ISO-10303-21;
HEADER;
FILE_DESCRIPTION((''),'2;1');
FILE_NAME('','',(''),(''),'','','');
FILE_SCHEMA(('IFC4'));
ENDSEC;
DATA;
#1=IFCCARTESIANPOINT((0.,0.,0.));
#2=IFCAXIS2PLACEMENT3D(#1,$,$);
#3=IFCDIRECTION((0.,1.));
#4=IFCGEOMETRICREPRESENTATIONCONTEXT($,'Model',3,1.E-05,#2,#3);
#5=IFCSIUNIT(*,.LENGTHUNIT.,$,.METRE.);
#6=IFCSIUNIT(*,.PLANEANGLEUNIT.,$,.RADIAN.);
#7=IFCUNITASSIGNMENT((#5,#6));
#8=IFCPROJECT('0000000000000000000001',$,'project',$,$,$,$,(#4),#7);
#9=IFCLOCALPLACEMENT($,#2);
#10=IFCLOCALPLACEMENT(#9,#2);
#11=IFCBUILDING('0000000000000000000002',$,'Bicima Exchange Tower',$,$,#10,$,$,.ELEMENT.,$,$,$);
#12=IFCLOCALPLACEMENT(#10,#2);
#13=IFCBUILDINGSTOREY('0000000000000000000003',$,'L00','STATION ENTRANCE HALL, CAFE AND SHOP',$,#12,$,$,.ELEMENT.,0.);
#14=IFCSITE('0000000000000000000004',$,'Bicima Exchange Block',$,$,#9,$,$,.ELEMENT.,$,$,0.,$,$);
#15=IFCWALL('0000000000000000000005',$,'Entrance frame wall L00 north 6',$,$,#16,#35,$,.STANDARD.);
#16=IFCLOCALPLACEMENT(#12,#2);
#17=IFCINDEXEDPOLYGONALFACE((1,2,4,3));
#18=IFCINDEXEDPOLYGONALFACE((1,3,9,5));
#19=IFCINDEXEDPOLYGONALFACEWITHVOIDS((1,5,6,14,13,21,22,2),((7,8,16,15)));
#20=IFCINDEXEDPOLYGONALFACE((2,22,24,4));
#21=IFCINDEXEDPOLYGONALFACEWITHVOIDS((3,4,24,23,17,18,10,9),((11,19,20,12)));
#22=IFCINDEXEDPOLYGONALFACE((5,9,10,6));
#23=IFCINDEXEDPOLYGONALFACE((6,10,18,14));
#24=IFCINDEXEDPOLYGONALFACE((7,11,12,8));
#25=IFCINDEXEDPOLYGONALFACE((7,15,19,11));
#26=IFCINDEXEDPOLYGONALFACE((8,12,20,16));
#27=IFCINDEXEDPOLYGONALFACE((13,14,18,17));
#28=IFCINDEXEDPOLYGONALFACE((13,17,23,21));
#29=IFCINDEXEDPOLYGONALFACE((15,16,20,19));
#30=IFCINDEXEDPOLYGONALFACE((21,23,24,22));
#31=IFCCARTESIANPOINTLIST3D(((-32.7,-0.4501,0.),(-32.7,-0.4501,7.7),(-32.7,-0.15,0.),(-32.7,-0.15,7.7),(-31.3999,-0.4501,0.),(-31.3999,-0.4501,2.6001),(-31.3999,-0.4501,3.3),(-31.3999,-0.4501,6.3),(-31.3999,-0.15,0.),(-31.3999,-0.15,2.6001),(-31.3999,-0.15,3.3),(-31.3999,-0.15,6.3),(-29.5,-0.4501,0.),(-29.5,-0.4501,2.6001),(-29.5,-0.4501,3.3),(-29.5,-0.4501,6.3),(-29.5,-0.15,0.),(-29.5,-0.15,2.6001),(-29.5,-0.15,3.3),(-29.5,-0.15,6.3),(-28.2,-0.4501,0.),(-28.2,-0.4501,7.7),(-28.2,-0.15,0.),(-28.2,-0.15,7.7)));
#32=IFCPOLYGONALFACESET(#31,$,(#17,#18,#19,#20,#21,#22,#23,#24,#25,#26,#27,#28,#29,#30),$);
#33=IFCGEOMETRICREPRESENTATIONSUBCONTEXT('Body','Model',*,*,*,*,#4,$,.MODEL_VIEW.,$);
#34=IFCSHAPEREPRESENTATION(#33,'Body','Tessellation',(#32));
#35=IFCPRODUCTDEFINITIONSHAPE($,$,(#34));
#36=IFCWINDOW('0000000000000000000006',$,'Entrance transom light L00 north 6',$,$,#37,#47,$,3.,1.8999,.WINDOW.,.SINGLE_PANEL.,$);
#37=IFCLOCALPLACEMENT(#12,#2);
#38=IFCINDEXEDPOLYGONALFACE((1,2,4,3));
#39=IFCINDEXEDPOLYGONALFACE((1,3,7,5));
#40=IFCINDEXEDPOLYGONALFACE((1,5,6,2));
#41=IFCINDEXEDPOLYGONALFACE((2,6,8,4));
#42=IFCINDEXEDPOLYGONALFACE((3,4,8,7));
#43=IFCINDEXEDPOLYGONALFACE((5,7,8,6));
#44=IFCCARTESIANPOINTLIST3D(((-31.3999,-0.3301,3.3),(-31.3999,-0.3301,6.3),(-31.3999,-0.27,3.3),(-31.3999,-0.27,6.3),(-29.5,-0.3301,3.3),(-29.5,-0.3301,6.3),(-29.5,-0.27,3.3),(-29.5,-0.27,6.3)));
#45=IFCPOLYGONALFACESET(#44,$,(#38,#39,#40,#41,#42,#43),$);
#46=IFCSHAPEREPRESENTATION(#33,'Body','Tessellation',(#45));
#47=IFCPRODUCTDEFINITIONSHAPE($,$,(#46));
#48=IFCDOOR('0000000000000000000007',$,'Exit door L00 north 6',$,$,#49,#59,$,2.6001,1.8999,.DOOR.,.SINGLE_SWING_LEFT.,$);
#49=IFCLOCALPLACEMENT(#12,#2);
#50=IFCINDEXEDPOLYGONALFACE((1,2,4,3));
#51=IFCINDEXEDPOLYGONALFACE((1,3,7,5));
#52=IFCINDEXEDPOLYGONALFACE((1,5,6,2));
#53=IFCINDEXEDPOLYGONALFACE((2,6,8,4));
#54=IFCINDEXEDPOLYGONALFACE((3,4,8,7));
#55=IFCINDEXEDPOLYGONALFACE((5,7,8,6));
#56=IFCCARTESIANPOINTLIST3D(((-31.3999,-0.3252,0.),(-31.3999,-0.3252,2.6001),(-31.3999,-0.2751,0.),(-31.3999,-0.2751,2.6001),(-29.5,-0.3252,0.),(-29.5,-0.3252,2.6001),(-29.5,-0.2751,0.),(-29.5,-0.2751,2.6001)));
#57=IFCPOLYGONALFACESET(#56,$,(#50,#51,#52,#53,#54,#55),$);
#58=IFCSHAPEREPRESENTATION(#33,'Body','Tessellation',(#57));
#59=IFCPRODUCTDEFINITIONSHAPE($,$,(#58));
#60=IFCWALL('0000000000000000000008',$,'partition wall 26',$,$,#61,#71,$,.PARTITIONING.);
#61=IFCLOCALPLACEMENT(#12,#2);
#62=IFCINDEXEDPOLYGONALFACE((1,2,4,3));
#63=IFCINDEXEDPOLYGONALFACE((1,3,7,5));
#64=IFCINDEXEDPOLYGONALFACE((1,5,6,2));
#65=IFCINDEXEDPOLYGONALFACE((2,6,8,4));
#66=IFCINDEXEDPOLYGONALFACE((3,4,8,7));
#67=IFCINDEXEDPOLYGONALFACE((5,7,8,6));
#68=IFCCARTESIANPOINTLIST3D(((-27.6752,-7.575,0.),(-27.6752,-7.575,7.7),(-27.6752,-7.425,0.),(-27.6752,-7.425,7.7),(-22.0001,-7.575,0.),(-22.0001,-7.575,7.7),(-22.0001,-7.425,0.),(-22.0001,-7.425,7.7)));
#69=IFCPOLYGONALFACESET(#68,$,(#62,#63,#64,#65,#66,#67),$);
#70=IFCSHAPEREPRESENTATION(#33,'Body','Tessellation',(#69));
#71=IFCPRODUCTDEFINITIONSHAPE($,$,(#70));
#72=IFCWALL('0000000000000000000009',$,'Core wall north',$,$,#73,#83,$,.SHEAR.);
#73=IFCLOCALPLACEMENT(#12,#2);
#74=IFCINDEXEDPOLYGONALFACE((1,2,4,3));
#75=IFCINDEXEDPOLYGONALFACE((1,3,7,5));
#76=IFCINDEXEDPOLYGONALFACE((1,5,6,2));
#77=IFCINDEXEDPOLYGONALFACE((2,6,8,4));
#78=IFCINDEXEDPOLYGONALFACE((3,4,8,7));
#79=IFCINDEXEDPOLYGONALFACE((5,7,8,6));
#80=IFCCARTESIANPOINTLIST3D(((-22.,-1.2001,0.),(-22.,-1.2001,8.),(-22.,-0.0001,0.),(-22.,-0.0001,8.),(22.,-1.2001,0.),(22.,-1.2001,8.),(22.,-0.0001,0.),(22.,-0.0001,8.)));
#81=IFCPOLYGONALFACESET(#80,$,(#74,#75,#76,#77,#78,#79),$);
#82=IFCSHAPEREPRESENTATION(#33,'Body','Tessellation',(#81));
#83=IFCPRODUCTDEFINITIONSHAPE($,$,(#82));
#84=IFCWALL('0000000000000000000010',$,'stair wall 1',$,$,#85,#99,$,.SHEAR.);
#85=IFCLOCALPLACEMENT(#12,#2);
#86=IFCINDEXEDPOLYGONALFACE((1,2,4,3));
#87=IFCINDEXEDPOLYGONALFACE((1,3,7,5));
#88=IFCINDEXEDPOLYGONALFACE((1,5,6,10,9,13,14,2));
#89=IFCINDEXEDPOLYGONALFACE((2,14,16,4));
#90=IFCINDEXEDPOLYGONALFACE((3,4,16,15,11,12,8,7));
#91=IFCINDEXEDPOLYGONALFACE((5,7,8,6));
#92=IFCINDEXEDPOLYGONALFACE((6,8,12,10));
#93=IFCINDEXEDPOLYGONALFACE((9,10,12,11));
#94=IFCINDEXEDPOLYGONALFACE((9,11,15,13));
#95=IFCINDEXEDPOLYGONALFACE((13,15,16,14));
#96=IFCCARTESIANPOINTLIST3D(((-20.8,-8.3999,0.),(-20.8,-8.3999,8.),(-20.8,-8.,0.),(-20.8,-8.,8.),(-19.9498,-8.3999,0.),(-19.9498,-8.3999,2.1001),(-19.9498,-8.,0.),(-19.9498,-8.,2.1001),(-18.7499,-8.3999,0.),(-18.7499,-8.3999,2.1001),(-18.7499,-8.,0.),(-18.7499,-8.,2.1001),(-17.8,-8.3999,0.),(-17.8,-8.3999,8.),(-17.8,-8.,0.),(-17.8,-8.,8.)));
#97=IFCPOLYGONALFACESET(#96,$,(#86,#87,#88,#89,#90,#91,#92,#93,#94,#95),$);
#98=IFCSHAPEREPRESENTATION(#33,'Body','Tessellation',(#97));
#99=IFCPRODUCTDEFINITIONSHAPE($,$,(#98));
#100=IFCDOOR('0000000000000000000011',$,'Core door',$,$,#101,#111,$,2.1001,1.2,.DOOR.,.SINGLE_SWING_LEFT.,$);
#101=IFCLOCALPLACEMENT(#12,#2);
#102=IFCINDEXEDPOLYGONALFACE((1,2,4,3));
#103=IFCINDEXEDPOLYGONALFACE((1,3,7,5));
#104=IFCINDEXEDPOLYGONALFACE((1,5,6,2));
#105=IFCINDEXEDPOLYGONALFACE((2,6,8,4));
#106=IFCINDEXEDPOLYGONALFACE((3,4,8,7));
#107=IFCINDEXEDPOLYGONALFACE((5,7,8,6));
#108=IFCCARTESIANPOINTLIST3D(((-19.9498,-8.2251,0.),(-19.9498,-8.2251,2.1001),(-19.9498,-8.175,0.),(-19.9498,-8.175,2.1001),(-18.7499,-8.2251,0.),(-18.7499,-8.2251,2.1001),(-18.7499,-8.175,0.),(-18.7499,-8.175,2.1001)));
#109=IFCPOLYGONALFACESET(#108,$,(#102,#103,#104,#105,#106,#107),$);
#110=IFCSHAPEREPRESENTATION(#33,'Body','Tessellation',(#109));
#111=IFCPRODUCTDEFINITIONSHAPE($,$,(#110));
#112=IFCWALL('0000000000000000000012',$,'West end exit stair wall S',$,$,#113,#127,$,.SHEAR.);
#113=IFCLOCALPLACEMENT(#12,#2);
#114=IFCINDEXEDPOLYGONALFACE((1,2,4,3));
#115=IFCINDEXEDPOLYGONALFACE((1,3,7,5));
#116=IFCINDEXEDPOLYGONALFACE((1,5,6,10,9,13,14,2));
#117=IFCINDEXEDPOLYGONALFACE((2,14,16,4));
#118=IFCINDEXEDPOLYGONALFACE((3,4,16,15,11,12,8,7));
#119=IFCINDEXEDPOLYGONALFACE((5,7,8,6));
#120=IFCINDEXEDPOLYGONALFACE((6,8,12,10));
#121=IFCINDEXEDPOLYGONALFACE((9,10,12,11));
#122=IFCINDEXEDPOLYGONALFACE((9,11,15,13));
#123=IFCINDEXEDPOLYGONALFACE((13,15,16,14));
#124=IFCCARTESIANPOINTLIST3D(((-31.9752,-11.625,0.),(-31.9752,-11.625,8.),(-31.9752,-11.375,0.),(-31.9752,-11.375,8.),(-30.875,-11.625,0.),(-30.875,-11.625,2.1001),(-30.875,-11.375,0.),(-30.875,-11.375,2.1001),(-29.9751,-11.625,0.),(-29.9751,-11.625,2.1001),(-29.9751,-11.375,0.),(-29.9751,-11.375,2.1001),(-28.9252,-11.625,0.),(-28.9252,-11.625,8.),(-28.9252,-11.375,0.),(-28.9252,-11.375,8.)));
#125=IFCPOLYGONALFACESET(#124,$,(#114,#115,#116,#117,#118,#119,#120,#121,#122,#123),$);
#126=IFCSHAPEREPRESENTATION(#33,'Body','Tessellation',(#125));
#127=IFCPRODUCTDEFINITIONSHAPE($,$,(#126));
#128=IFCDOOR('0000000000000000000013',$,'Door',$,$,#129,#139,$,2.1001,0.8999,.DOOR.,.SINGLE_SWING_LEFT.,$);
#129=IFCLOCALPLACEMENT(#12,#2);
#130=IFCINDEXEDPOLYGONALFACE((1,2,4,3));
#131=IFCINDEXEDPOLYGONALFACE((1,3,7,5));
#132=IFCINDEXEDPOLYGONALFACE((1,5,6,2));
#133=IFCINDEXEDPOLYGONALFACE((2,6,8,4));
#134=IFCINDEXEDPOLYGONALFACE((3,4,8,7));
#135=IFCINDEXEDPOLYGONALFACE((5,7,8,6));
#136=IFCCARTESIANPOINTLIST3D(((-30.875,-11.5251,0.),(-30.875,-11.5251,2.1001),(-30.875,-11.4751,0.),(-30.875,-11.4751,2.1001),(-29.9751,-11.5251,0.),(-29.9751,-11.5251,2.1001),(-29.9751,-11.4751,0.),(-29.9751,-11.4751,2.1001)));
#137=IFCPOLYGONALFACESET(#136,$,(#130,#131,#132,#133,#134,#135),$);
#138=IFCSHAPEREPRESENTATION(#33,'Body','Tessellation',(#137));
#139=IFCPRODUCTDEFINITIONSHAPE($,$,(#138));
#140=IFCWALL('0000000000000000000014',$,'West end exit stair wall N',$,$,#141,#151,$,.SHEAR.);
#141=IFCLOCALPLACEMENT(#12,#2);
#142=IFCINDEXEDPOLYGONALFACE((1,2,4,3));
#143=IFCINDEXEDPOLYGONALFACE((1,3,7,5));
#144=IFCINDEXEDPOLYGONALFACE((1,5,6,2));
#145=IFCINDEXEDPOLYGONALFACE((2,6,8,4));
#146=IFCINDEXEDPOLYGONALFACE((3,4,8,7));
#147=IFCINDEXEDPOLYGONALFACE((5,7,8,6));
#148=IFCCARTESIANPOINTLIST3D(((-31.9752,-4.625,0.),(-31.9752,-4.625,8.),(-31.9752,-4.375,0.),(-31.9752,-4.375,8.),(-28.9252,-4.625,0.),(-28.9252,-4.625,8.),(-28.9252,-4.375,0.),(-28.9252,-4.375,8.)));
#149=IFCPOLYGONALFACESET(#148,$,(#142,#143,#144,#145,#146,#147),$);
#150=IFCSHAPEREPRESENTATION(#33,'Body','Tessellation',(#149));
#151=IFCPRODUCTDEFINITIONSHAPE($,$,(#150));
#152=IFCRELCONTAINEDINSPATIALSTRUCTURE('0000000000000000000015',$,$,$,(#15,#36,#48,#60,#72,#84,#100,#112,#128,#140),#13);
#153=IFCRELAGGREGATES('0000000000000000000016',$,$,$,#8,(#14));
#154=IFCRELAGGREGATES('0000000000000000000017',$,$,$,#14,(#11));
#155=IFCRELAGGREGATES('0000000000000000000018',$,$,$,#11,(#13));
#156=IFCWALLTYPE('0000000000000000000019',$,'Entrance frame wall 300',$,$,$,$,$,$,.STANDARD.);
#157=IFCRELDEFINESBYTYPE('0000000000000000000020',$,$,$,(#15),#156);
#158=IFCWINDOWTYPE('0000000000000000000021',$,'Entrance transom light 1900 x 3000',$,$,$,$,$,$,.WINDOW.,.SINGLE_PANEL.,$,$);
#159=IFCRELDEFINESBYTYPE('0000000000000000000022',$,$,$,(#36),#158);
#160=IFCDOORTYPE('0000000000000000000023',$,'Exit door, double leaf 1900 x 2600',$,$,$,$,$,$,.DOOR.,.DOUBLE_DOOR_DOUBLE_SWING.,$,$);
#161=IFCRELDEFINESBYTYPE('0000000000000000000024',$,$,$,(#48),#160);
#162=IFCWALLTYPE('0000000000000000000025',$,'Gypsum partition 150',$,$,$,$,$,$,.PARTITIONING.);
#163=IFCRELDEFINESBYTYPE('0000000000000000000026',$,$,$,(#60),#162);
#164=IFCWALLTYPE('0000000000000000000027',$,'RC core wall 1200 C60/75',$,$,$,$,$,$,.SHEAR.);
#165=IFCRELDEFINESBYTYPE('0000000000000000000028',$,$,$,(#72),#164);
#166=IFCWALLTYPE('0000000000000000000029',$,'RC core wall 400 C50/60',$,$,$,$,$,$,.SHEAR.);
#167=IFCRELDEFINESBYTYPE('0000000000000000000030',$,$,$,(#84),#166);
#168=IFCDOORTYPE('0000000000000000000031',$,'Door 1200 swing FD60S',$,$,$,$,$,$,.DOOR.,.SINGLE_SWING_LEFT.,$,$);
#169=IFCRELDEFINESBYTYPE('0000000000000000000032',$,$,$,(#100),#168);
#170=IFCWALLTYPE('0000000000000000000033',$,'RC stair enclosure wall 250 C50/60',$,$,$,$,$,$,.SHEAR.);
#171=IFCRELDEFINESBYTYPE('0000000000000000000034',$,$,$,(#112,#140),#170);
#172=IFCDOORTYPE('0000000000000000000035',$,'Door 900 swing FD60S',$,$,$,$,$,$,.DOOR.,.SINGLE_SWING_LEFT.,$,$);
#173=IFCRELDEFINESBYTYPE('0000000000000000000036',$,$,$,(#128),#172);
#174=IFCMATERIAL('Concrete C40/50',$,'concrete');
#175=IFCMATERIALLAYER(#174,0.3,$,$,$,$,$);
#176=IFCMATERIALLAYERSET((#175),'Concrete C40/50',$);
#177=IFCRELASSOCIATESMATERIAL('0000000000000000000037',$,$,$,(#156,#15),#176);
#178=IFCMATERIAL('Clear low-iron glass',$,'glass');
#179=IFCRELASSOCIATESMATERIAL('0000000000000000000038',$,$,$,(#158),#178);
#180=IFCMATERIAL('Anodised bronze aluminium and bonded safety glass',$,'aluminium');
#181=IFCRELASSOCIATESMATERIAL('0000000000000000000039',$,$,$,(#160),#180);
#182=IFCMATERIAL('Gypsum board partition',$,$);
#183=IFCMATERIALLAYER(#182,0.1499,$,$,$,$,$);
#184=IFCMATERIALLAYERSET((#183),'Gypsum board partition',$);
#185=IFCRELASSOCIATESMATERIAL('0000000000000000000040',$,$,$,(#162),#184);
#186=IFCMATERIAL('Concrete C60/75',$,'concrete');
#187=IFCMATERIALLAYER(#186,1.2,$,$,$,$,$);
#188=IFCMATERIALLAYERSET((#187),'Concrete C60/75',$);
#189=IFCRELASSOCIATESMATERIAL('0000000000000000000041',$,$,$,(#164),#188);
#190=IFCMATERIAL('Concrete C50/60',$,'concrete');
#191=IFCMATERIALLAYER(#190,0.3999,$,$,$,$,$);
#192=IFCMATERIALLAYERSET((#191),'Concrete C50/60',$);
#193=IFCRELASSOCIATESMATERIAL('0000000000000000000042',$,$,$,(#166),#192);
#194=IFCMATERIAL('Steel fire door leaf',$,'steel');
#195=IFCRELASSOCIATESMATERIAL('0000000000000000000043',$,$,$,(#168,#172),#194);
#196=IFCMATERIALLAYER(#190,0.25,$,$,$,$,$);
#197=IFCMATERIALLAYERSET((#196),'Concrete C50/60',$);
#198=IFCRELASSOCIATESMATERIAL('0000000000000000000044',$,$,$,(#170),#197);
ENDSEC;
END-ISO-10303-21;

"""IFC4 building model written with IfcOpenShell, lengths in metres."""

from ifc_helpers import new_model, si_unit, direction, frame, frame_2d, origin, place, context, subcontext, project, spatial, rectangle, extrude, material, layer, layer_set, layer_usage, type_object, element, fill, save


model = new_model("IFC4")

# Units and contexts
model_context = context("Model", 3, precision=1e-05, world=origin(), true_north=direction((0.0, 1.0)))
body_context = subcontext(model_context, "Body", "Model", "MODEL_VIEW")
ifc_project = project(units=[si_unit("LENGTHUNIT", "METRE"), si_unit("PLANEANGLEUNIT", "RADIAN")], contexts=[model_context])

# Site, building, storey
site_placement = place(None, origin())
site = spatial("IfcSite", under=ifc_project, at=site_placement, Name="Bicima Exchange Block", CompositionType="ELEMENT", RefElevation=0.0)
building_placement = place(site_placement, origin())
building = spatial("IfcBuilding", under=site, at=building_placement, Name="Bicima Exchange Tower", CompositionType="ELEMENT")
storey_placement = place(building_placement, origin())
storey = spatial("IfcBuildingStorey", under=building, at=storey_placement, Name="L00", Description="STATION ENTRANCE HALL, CAFE AND SHOP", CompositionType="ELEMENT", Elevation=0.0)

# Shared definitions
ifc_material_1 = material(Name="Concrete C60/75", Category="concrete")

# Shared definitions
ifc_material_2 = material(Name="Clear low-iron glass", Category="glass")

# Wall, openings, window, door
ifc_material_3 = material(Name="Concrete C40/50", Category="concrete")
ifc_layer_1 = layer(ifc_material_3, 0.3)
ifc_layer_set_1 = layer_set([ifc_layer_1], Name="Concrete C40/50")
ifc_layer_usage = layer_usage(ifc_layer_set_1, "AXIS2", "POSITIVE", -0.15)
wall_type_1 = type_object("IfcWallType", Name="Entrance frame wall 300", PredefinedType="STANDARD", material=ifc_layer_set_1)
wall_1_placement = place(storey_placement, frame((-32.7, -0.3, 0.0), z_axis=(0.0, 0.0, 1.0), x_axis=(1.0, 0.0, 0.0)))
wall_1 = element("IfcWall", 1, at=wall_1_placement, inside=storey, type_object=wall_type_1, material=ifc_layer_usage, Name="Entrance frame wall L00 north 6", PredefinedType="STANDARD", context=body_context, shape_type="SweptSolid", body=[
    extrude(rectangle(XDim=4.5, YDim=0.3, at=frame_2d((2.25, 0.0))), origin(), (0.0, 0.0, 1.0), 7.7),
])
opening_1_placement = place(wall_1_placement, frame((1.3, 0.0, 0.0)))
opening_1 = element("IfcOpeningElement", 2, at=opening_1_placement, cuts=wall_1, PredefinedType="OPENING", context=body_context, shape_type="SweptSolid", body=[
    extrude(rectangle(XDim=1.8999, YDim=2.6001, at=frame_2d((0.95, 1.3))), frame((0.0, 0.1621, 0.0), z_axis=(0.0, -1.0, 0.0), x_axis=(1.0, 0.0, 0.0)), (0.0, 0.0, 1.0), 0.324),
])
opening_2_placement = place(wall_1_placement, frame((1.3, 0.0, 3.3)))
opening_2 = element("IfcOpeningElement", 3, at=opening_2_placement, cuts=wall_1, PredefinedType="OPENING", context=body_context, shape_type="SweptSolid", body=[
    extrude(rectangle(XDim=1.8999, YDim=3.0, at=frame_2d((0.95, 1.5))), frame((0.0, 0.1621, 0.0), z_axis=(0.0, -1.0, 0.0), x_axis=(1.0, 0.0, 0.0)), (0.0, 0.0, 1.0), 0.324),
])
window_type = type_object("IfcWindowType", Name="Entrance transom light 1900 x 3000", PartitioningType="SINGLE_PANEL", PredefinedType="WINDOW", material=ifc_material_2)
window_placement = place(opening_2_placement, origin())
window = element("IfcWindow", 4, at=window_placement, inside=storey, type_object=window_type, Name="Entrance transom light L00 north 6", OverallHeight=3.0, OverallWidth=1.8999, PartitioningType="SINGLE_PANEL", PredefinedType="WINDOW", context=body_context, shape_type="SweptSolid", body=[
    extrude(rectangle(XDim=1.8999, YDim=3.0, at=frame_2d((0.95, 1.5))), frame((0.0, 0.03, 0.0), z_axis=(0.0, -1.0, 0.0), x_axis=(1.0, 0.0, 0.0)), (0.0, 0.0, 1.0), 0.0601),
])
fill(opening_2, window)
ifc_material_4 = material(Name="Anodised bronze aluminium and bonded safety glass", Category="aluminium")
door_type_1 = type_object("IfcDoorType", Name="Exit door, double leaf 1900 x 2600", OperationType="DOUBLE_DOOR_DOUBLE_SWING", PredefinedType="DOOR", material=ifc_material_4)
door_1_placement = place(opening_1_placement, origin())
door_1 = element("IfcDoor", 5, at=door_1_placement, inside=storey, type_object=door_type_1, Name="Exit door L00 north 6", OperationType="SINGLE_SWING_LEFT", OverallHeight=2.6001, OverallWidth=1.8999, PredefinedType="DOOR", context=body_context, shape_type="SweptSolid", body=[
    extrude(rectangle(XDim=1.8999, YDim=2.6001, at=frame_2d((0.95, 1.3))), frame((0.0, 0.0249, 0.0), z_axis=(0.0, -1.0, 0.0), x_axis=(1.0, 0.0, 0.0)), (0.0, 0.0, 1.0), 0.05),
])
fill(opening_1, door_1)

# Walls
ifc_material_5 = material(Name="Gypsum board partition")
ifc_layer_2 = layer(ifc_material_5, 0.1499)
ifc_layer_set_2 = layer_set([ifc_layer_2], Name="Gypsum board partition")
wall_type_2 = type_object("IfcWallType", Name="Gypsum partition 150", PredefinedType="PARTITIONING", material=ifc_layer_set_2)
wall_2_placement = place(storey_placement, frame((-27.675, -7.5, 0.0), z_axis=(0.0, 0.0, 1.0), x_axis=(1.0, 0.0, 0.0)))
element("IfcWall", 6, at=wall_2_placement, inside=storey, type_object=wall_type_2, Name="partition wall 26", PredefinedType="PARTITIONING", context=body_context, shape_type="SweptSolid", body=[
    extrude(rectangle(XDim=5.675, YDim=0.1499, at=frame_2d((2.8374, 0.0))), origin(), (0.0, 0.0, 1.0), 7.7),
])
ifc_layer_3 = layer(ifc_material_1, 1.2)
ifc_layer_set_3 = layer_set([ifc_layer_3], Name="Concrete C60/75")
wall_type_3 = type_object("IfcWallType", Name="RC core wall 1200 C60/75", PredefinedType="SHEAR", material=ifc_layer_set_3)
wall_3_placement = place(storey_placement, frame((-22.0, -0.6001, 0.0), z_axis=(0.0, 0.0, 1.0), x_axis=(1.0, 0.0, 0.0)))
element("IfcWall", 7, at=wall_3_placement, inside=storey, type_object=wall_type_3, Name="Core wall north", PredefinedType="SHEAR", context=body_context, shape_type="SweptSolid", body=[
    extrude(rectangle(XDim=44.0, YDim=1.2, at=frame_2d((22.0, 0.0))), origin(), (0.0, 0.0, 1.0), 8.0),
])

# Walls, openings, doors
ifc_material_6 = material(Name="Concrete C50/60", Category="concrete")
ifc_layer_4 = layer(ifc_material_6, 0.3999)
ifc_layer_set_4 = layer_set([ifc_layer_4], Name="Concrete C50/60")
wall_type_4 = type_object("IfcWallType", Name="RC core wall 400 C50/60", PredefinedType="SHEAR", material=ifc_layer_set_4)
wall_4_placement = place(storey_placement, frame((-20.8, -8.2, 0.0), z_axis=(0.0, 0.0, 1.0), x_axis=(1.0, 0.0, 0.0)))
wall_4 = element("IfcWall", 8, at=wall_4_placement, inside=storey, type_object=wall_type_4, Name="stair wall 1", PredefinedType="SHEAR", context=body_context, shape_type="SweptSolid", body=[
    extrude(rectangle(XDim=3.0, YDim=0.3999, at=frame_2d((1.5, 0.0))), origin(), (0.0, 0.0, 1.0), 8.0),
])
opening_3_placement = place(wall_4_placement, frame((0.8501, 0.0, 0.0)))
opening_3 = element("IfcOpeningElement", 9, at=opening_3_placement, cuts=wall_4, PredefinedType="OPENING", context=body_context, shape_type="SweptSolid", body=[
    extrude(rectangle(XDim=1.2, YDim=2.1001, at=frame_2d((0.6001, 1.05))), frame((0.0, 0.2119, 0.0), z_axis=(0.0, -1.0, 0.0), x_axis=(1.0, 0.0, 0.0)), (0.0, 0.0, 1.0), 0.4238),
])
ifc_material_7 = material(Name="Steel fire door leaf", Category="steel")
door_type_2 = type_object("IfcDoorType", Name="Door 1200 swing FD60S", OperationType="SINGLE_SWING_LEFT", PredefinedType="DOOR", material=ifc_material_7)
door_2_placement = place(opening_3_placement, origin())
door_2 = element("IfcDoor", 10, at=door_2_placement, inside=storey, type_object=door_type_2, Name="Core door", OperationType="SINGLE_SWING_LEFT", OverallHeight=2.1001, OverallWidth=1.2, PredefinedType="DOOR", context=body_context, shape_type="SweptSolid", body=[
    extrude(rectangle(XDim=1.2, YDim=2.1001, at=frame_2d((0.6001, 1.05))), frame((0.0, 0.0249, 0.0), z_axis=(0.0, -1.0, 0.0), x_axis=(1.0, 0.0, 0.0)), (0.0, 0.0, 1.0), 0.05),
])
fill(opening_3, door_2)
ifc_layer_5 = layer(ifc_material_6, 0.25)
ifc_layer_set_5 = layer_set([ifc_layer_5], Name="Concrete C50/60")
wall_type_5 = type_object("IfcWallType", Name="RC stair enclosure wall 250 C50/60", PredefinedType="SHEAR", material=ifc_layer_set_5)
wall_5_placement = place(storey_placement, frame((-31.9751, -11.5, 0.0), z_axis=(0.0, 0.0, 1.0), x_axis=(1.0, 0.0, 0.0)))
wall_5 = element("IfcWall", 11, at=wall_5_placement, inside=storey, type_object=wall_type_5, Name="West end exit stair wall S", PredefinedType="SHEAR", context=body_context, shape_type="SweptSolid", body=[
    extrude(rectangle(XDim=3.05, YDim=0.25, at=frame_2d((1.5249, 0.0))), origin(), (0.0, 0.0, 1.0), 8.0),
])
opening_4_placement = place(wall_5_placement, frame((1.1001, 0.0, 0.0)))
opening_4 = element("IfcOpeningElement", 12, at=opening_4_placement, cuts=wall_5, PredefinedType="OPENING", context=body_context, shape_type="SweptSolid", body=[
    extrude(rectangle(XDim=0.8999, YDim=2.1001, at=frame_2d((0.45, 1.05))), frame((0.0, 0.137, 0.0), z_axis=(0.0, -1.0, 0.0), x_axis=(1.0, 0.0, 0.0)), (0.0, 0.0, 1.0), 0.2739),
])
door_type_3 = type_object("IfcDoorType", Name="Door 900 swing FD60S", OperationType="SINGLE_SWING_LEFT", PredefinedType="DOOR", material=ifc_material_7)
door_3_placement = place(opening_4_placement, origin())
door_3 = element("IfcDoor", 13, at=door_3_placement, inside=storey, type_object=door_type_3, Name="Door", OperationType="SINGLE_SWING_LEFT", OverallHeight=2.1001, OverallWidth=0.8999, PredefinedType="DOOR", context=body_context, shape_type="SweptSolid", body=[
    extrude(rectangle(XDim=0.8999, YDim=2.1001, at=frame_2d((0.45, 1.05))), frame((0.0, 0.0249, 0.0), z_axis=(0.0, -1.0, 0.0), x_axis=(1.0, 0.0, 0.0)), (0.0, 0.0, 1.0), 0.05),
])
fill(opening_4, door_3)

# Wall
wall_6_placement = place(storey_placement, frame((-31.9751, -4.5, 0.0), z_axis=(0.0, 0.0, 1.0), x_axis=(1.0, 0.0, 0.0)))
element("IfcWall", 14, at=wall_6_placement, inside=storey, type_object=wall_type_5, Name="West end exit stair wall N", PredefinedType="SHEAR", context=body_context, shape_type="SweptSolid", body=[
    extrude(rectangle(XDim=3.05, YDim=0.25, at=frame_2d((1.5249, 0.0))), origin(), (0.0, 0.0, 1.0), 8.0),
])

save(model, "model.ifc")
